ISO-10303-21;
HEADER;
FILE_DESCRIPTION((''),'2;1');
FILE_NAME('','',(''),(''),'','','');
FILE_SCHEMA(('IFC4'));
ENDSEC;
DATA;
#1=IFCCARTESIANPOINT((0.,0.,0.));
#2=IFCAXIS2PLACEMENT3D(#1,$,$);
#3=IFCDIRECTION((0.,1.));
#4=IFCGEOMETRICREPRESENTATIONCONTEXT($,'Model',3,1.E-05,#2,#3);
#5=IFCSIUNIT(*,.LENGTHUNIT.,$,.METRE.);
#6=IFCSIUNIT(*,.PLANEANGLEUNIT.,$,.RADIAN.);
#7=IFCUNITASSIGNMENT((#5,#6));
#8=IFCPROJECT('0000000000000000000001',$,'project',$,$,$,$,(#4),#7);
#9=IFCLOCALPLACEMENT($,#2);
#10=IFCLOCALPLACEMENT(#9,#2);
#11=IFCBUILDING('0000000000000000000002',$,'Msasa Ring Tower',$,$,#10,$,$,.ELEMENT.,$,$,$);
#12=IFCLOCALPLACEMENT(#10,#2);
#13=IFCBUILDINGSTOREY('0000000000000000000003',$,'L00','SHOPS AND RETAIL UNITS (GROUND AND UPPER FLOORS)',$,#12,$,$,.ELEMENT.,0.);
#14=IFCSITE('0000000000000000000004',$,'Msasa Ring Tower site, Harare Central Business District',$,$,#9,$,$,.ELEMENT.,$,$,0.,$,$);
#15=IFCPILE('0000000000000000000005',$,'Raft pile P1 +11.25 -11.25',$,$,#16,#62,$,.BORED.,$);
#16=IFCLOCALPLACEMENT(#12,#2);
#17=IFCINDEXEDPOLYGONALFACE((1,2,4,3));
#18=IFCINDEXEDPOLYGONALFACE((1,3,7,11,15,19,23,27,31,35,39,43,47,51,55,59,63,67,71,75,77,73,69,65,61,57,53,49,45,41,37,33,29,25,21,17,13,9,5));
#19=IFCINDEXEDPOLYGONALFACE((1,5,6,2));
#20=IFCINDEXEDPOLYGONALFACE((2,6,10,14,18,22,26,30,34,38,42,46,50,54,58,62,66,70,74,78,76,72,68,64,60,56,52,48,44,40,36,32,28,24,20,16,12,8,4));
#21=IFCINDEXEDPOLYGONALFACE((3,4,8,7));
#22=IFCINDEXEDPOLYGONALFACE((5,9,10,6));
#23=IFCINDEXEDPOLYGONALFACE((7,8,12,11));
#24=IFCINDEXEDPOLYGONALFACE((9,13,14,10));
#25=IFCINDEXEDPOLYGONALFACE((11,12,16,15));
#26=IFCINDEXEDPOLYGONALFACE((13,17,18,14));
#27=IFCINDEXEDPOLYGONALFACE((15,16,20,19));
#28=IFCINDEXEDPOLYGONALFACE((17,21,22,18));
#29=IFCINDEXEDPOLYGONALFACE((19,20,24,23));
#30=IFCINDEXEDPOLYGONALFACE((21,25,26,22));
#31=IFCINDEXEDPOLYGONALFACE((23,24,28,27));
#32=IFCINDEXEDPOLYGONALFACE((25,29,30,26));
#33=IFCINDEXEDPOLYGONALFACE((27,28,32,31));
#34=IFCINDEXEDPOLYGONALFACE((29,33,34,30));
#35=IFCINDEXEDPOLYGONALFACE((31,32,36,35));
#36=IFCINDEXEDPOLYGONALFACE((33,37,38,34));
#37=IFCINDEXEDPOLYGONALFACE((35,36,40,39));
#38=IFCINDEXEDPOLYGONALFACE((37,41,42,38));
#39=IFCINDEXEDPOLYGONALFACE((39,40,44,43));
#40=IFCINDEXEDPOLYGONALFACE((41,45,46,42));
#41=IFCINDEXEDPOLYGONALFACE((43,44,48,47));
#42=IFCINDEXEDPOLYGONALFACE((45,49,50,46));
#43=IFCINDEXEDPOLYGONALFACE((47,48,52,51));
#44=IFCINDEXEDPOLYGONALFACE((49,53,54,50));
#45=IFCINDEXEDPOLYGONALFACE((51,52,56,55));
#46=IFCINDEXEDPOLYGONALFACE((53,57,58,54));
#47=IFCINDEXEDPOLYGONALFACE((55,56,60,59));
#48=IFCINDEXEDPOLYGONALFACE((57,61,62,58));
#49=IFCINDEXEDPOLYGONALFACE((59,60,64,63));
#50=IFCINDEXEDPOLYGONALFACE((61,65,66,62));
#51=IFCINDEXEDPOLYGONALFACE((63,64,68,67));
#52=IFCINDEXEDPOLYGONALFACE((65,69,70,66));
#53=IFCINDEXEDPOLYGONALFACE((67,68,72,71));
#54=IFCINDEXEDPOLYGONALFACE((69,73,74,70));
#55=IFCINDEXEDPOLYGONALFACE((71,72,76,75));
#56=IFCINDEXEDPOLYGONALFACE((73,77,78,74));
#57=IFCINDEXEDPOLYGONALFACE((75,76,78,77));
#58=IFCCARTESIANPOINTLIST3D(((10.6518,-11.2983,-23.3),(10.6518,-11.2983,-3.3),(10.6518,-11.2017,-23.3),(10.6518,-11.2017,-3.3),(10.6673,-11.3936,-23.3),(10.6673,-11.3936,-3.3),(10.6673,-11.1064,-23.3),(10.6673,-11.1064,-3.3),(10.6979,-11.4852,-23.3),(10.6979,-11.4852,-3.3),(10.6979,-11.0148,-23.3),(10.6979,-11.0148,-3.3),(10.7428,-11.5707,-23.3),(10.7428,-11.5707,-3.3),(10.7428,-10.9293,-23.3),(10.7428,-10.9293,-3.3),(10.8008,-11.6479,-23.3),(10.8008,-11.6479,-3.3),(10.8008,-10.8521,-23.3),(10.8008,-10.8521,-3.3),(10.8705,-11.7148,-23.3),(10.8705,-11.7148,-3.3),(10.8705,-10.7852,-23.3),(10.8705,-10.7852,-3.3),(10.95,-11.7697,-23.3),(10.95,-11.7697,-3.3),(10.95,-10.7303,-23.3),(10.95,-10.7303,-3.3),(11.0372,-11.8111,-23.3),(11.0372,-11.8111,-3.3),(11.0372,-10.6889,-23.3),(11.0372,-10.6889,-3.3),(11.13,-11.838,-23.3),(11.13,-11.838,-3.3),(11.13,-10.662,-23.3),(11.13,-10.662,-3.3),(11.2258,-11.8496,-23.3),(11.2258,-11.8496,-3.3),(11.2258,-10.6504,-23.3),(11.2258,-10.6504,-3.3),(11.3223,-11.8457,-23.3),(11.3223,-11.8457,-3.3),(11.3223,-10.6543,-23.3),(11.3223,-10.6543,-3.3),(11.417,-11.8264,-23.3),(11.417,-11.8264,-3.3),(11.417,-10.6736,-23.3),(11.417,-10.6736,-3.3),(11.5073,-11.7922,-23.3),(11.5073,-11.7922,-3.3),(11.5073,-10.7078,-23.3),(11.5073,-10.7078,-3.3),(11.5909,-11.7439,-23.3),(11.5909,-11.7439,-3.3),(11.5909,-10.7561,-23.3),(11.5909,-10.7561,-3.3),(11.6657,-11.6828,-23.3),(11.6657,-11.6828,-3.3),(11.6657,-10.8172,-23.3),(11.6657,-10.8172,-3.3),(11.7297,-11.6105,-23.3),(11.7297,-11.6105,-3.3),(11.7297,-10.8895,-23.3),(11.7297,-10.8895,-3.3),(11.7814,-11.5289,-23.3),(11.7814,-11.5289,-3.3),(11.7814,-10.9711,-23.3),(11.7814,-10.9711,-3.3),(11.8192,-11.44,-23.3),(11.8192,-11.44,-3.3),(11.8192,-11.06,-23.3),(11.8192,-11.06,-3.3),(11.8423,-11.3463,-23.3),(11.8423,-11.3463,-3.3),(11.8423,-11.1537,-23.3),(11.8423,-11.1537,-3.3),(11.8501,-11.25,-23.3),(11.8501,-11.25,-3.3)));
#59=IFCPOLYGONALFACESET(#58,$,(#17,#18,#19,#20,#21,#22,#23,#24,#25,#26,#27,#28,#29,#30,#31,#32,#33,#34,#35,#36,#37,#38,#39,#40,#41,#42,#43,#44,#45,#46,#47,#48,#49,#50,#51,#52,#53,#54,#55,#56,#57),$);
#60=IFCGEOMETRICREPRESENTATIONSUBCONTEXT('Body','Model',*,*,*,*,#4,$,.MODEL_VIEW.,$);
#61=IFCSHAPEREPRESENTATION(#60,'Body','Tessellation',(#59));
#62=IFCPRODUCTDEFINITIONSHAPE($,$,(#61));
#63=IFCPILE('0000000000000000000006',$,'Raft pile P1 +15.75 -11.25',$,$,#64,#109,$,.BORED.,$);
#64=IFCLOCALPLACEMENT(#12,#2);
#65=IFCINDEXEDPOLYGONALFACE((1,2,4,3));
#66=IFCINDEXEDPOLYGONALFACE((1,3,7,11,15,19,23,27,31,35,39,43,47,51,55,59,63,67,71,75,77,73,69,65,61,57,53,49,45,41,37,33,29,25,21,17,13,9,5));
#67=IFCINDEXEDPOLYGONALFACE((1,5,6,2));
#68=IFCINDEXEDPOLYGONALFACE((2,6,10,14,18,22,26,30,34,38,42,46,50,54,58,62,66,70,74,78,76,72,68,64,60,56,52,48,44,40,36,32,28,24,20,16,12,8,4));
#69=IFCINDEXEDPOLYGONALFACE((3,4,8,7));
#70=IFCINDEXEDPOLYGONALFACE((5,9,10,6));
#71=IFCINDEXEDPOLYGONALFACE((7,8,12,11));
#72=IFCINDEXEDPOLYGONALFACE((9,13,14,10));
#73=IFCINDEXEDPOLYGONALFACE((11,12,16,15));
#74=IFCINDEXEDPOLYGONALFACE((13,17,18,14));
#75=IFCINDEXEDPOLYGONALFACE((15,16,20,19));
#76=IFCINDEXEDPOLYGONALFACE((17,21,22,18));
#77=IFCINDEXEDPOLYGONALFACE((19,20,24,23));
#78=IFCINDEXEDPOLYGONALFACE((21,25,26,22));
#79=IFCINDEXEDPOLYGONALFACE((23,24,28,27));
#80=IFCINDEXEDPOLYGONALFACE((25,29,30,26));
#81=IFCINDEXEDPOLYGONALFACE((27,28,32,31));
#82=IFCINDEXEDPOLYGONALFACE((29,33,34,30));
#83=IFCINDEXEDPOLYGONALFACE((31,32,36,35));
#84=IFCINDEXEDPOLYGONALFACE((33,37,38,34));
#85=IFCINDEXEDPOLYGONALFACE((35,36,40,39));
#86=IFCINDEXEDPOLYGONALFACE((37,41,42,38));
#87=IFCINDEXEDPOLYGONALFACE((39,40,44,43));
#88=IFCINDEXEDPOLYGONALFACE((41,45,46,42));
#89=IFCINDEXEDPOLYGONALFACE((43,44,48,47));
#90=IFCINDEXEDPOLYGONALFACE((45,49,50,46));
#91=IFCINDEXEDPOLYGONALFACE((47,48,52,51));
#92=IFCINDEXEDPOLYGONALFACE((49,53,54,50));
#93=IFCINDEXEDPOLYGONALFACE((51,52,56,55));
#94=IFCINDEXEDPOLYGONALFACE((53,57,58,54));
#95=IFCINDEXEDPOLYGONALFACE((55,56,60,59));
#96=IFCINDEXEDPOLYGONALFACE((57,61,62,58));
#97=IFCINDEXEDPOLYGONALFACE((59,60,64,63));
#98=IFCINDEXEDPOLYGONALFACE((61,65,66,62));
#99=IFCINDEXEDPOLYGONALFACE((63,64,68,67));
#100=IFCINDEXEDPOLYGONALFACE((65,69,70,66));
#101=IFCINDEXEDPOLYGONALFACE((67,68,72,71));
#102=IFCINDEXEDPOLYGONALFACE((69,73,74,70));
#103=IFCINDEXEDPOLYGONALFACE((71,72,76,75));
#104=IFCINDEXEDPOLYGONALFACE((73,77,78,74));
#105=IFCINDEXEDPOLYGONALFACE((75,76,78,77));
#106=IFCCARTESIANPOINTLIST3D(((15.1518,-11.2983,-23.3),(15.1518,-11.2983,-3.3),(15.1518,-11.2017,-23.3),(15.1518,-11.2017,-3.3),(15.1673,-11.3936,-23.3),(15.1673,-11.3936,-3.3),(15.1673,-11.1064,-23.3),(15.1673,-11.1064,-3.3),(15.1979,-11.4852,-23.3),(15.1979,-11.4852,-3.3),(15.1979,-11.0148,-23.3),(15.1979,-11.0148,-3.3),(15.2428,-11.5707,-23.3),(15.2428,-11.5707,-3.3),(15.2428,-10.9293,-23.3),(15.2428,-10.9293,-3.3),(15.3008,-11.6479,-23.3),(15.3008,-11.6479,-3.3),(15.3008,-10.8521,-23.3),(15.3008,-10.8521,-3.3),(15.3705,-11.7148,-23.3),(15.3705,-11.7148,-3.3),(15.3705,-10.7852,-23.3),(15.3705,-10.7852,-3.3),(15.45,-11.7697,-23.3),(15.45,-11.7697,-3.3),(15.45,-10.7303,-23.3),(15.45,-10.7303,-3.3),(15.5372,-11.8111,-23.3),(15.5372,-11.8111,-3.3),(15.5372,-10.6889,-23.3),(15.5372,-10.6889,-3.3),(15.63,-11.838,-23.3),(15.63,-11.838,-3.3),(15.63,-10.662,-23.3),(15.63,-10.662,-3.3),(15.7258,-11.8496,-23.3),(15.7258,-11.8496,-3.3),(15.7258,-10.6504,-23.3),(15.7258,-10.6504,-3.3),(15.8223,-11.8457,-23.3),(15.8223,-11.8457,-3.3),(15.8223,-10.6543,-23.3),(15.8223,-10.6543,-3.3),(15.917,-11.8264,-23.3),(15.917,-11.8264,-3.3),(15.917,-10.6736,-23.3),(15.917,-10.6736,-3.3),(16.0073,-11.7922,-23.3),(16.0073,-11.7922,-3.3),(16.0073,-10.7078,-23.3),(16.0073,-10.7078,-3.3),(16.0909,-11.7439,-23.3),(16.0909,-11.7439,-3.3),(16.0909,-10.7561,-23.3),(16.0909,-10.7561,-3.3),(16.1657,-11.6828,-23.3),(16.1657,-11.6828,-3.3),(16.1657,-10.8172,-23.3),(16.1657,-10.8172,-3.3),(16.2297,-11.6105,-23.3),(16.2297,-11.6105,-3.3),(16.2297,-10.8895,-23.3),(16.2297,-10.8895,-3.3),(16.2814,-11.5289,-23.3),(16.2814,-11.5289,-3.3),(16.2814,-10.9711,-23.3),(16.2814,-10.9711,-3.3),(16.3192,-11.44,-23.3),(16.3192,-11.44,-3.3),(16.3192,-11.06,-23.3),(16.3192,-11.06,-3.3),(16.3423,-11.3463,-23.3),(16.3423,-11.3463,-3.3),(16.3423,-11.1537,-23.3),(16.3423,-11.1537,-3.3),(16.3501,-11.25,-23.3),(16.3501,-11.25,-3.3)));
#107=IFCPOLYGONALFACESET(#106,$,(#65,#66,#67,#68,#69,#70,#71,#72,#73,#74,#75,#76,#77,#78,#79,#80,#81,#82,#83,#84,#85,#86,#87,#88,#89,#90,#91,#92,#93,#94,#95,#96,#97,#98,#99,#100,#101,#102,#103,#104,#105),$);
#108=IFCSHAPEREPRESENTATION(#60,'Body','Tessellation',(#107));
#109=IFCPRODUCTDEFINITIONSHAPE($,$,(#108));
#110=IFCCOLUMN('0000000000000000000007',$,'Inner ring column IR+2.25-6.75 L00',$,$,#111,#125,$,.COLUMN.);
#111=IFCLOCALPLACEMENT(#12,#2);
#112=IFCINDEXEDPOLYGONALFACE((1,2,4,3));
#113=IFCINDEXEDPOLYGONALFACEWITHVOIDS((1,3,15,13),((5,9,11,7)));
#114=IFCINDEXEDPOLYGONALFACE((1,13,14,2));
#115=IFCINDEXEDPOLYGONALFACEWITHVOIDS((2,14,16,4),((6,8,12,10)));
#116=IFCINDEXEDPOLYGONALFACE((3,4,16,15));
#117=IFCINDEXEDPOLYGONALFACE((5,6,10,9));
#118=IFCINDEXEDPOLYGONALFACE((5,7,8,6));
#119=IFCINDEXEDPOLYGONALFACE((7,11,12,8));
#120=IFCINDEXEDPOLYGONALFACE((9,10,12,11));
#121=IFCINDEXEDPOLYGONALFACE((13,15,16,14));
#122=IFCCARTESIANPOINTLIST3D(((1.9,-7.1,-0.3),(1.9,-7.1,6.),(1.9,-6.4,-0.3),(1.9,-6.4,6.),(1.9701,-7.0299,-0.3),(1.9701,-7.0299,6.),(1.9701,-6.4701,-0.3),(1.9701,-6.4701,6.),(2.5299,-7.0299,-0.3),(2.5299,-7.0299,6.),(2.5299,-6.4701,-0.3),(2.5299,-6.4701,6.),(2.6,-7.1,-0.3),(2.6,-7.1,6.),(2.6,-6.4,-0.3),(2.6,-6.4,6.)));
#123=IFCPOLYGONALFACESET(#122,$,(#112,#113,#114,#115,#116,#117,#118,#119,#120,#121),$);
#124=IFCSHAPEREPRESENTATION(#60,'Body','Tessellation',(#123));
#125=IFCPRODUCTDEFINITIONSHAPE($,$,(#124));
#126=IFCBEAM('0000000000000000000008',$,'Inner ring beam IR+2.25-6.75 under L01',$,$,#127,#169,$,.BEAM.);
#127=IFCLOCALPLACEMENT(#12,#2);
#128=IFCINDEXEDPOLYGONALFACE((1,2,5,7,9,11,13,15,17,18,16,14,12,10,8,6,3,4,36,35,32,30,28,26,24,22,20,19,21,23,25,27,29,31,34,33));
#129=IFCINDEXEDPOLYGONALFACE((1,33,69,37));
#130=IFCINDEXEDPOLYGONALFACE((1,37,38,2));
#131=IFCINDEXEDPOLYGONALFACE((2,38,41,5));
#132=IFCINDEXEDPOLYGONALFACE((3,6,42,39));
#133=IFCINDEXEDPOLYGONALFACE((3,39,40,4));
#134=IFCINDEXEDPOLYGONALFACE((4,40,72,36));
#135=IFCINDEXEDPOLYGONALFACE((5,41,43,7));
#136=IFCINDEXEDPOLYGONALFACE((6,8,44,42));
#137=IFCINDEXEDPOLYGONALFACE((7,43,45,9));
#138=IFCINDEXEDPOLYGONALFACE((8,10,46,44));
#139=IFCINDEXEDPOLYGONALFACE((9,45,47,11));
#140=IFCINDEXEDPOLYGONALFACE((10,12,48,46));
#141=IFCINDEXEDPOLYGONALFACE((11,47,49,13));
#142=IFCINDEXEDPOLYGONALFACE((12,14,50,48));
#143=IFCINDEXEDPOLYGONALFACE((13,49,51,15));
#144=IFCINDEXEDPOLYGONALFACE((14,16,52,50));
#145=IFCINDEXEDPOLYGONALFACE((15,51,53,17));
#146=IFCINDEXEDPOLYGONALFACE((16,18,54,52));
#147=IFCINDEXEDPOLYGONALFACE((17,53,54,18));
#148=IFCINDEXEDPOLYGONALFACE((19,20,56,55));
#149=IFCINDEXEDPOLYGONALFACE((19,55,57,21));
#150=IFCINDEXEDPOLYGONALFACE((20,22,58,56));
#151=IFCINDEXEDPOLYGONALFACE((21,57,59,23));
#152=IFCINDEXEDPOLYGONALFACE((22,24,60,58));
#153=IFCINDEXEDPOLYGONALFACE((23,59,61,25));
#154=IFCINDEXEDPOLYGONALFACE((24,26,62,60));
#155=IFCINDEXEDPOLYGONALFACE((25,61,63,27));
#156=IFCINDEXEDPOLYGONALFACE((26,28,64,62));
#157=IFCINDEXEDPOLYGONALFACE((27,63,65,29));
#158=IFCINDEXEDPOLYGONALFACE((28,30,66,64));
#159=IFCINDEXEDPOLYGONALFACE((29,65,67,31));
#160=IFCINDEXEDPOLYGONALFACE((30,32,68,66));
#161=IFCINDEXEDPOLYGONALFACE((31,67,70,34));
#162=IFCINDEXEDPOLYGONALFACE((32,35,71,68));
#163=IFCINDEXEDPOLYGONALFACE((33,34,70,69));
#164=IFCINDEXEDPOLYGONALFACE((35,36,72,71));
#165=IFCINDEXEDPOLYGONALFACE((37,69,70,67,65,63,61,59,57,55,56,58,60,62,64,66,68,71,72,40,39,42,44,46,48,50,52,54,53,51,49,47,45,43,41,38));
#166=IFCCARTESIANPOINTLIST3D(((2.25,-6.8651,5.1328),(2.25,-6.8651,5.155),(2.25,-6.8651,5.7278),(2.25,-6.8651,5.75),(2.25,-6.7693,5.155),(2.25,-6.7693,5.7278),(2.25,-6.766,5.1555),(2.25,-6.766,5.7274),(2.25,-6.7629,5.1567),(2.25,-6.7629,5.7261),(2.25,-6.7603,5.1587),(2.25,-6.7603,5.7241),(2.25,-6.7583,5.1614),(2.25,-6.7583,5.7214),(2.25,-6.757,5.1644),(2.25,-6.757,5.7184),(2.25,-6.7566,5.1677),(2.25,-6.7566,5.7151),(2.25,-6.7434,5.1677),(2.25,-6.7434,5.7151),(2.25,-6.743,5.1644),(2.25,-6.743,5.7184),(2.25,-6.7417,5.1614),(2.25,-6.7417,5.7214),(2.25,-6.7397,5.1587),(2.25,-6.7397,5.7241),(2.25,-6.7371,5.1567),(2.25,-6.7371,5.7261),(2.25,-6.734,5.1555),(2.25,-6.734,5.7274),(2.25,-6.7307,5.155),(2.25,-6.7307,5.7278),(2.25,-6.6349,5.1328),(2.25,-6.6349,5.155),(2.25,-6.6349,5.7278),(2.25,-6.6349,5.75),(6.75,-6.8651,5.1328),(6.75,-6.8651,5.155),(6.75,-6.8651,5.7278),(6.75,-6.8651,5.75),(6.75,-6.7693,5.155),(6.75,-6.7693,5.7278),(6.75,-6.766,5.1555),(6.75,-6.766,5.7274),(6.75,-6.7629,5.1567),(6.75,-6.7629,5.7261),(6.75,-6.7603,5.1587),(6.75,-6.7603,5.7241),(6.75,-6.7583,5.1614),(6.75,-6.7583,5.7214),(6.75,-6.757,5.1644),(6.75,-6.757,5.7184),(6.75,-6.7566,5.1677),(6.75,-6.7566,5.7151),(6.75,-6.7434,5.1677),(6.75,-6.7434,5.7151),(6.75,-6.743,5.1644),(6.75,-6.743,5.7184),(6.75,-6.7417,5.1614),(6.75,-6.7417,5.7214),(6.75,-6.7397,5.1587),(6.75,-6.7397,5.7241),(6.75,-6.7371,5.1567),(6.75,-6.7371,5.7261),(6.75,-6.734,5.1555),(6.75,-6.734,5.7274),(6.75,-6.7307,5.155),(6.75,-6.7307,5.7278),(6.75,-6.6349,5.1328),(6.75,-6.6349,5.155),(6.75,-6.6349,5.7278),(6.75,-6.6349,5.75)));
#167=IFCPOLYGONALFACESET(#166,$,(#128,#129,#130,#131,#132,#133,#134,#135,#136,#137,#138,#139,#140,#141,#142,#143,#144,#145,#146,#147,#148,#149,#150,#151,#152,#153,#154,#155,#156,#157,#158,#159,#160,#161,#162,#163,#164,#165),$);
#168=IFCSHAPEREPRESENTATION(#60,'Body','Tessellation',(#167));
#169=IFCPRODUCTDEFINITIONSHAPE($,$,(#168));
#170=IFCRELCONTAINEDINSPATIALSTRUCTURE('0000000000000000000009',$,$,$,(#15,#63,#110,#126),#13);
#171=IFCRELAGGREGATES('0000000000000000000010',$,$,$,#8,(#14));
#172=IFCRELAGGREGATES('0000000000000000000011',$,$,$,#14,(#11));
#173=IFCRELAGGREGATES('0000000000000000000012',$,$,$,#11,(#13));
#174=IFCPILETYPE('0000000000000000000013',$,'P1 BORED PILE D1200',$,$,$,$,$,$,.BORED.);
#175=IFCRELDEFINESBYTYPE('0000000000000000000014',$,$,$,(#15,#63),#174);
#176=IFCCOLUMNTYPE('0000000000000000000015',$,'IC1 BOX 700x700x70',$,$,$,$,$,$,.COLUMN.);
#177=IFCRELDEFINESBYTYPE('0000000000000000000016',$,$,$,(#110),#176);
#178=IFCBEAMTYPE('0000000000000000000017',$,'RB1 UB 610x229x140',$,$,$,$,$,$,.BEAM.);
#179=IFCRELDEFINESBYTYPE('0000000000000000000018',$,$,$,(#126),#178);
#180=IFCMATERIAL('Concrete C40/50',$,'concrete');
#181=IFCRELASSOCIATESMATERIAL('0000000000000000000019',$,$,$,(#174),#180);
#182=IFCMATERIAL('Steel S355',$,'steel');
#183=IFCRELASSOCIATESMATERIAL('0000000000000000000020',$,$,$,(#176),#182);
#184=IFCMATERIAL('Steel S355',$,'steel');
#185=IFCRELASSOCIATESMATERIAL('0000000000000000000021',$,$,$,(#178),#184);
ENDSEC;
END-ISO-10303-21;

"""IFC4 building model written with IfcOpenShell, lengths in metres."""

from ifc_helpers import new_model, si_unit, direction, frame, origin, origin_2d, place, context, subcontext, project, spatial, hollow_rectangle, circle, i_section, extrude, material, material_profile, profile_set, type_object, element, save


model = new_model("IFC4")

# Units and contexts
model_context = context("Model", 3, precision=1e-05, world=origin(), true_north=direction((0.0, 1.0)))
body_context = subcontext(model_context, "Body", "Model", "MODEL_VIEW")
ifc_project = project(units=[si_unit("LENGTHUNIT", "METRE"), si_unit("PLANEANGLEUNIT", "RADIAN")], contexts=[model_context])

# Site, building, storey
site_placement = place(None, origin())
site = spatial("IfcSite", under=ifc_project, at=site_placement, Name="Msasa Ring Tower site, Harare Central Business District", CompositionType="ELEMENT", RefElevation=0.0)
building_placement = place(site_placement, origin())
building = spatial("IfcBuilding", under=site, at=building_placement, Name="Msasa Ring Tower", CompositionType="ELEMENT")
storey_placement = place(building_placement, origin())
storey = spatial("IfcBuildingStorey", under=building, at=storey_placement, Name="L00", Description="SHOPS AND RETAIL UNITS (GROUND AND UPPER FLOORS)", CompositionType="ELEMENT", Elevation=0.0)

# Piles
ifc_material_1 = material(Name="Concrete C40/50", Category="concrete")
ifc_material_profile_1 = material_profile(ifc_material_1, circle(Radius=0.6001, at=origin_2d()), Name="D1200")
ifc_profile_set_1 = profile_set([ifc_material_profile_1], Name="Concrete C40/50")
pile_type = type_object("IfcPileType", Name="P1 BORED PILE D1200", PredefinedType="BORED", material=ifc_profile_set_1)
for number, where, z_axis, x_axis, name in (
    (1, (11.25, -11.25, -3.3), (0.0, 0.0, -1.0), (1.0, 0.0, 0.0), "Raft pile P1 +11.25 -11.25"),
    (2, (15.75, -11.25, -3.3), (0.0, 0.0, -1.0), (1.0, 0.0, 0.0), "Raft pile P1 +15.75 -11.25"),
):
    element("IfcPile", number, at=place(storey_placement, frame(where, z_axis=z_axis, x_axis=x_axis)), inside=storey, type_object=pile_type, Name=name, PredefinedType="BORED", context=body_context, shape_type="SweptSolid", body=[
        extrude(circle(Radius=0.6001, at=origin_2d()), origin(), (0.0, 0.0, 1.0), 20.0),
    ])

# Column
ifc_material_2 = material(Name="Steel S355", Category="steel")
ifc_material_profile_2 = material_profile(ifc_material_2, hollow_rectangle(XDim=0.7, YDim=0.7, WallThickness=0.0701, at=origin_2d()), Name="BOX 700x700x70")
ifc_profile_set_2 = profile_set([ifc_material_profile_2], Name="Steel S355")
column_type = type_object("IfcColumnType", Name="IC1 BOX 700x700x70", PredefinedType="COLUMN", material=ifc_profile_set_2)
column_placement = place(storey_placement, frame((2.25, -6.75, -0.3), z_axis=(0.0, 0.0, 1.0), x_axis=(1.0, 0.0, 0.0)))
element("IfcColumn", 3, at=column_placement, inside=storey, type_object=column_type, Name="Inner ring column IR+2.25-6.75 L00", PredefinedType="COLUMN", context=body_context, shape_type="SweptSolid", body=[
    extrude(hollow_rectangle(XDim=0.7, YDim=0.7, WallThickness=0.0701, at=origin_2d()), origin(), (0.0, 0.0, 1.0), 6.3),
])

# Beam
ifc_material_3 = material(Name="Steel S355", Category="steel")
ifc_material_profile_3 = material_profile(ifc_material_3, i_section(OverallWidth=0.2302, OverallDepth=0.6172, WebThickness=0.0132, FlangeThickness=0.0222, FilletRadius=0.0127, at=origin_2d()), Name="UB 610x229x140")
ifc_profile_set_3 = profile_set([ifc_material_profile_3], Name="Steel S355")
beam_type_1 = type_object("IfcBeamType", Name="RB1 UB 610x229x140", PredefinedType="BEAM", material=ifc_profile_set_3)
beam_1_placement = place(storey_placement, frame((2.25, -6.75, 5.4414), z_axis=(1.0, 0.0, 0.0), x_axis=(0.0, 1.0, 0.0)))
element("IfcBeam", 4, at=beam_1_placement, inside=storey, type_object=beam_type_1, Name="Inner ring beam IR+2.25-6.75 under L01", PredefinedType="BEAM", context=body_context, shape_type="SweptSolid", body=[
    extrude(i_section(OverallWidth=0.2302, OverallDepth=0.6172, WebThickness=0.0132, FlangeThickness=0.0222, FilletRadius=0.0127, at=origin_2d()), origin(), (0.0, 0.0, 1.0), 4.5),
])

save(model, "model.ifc")
